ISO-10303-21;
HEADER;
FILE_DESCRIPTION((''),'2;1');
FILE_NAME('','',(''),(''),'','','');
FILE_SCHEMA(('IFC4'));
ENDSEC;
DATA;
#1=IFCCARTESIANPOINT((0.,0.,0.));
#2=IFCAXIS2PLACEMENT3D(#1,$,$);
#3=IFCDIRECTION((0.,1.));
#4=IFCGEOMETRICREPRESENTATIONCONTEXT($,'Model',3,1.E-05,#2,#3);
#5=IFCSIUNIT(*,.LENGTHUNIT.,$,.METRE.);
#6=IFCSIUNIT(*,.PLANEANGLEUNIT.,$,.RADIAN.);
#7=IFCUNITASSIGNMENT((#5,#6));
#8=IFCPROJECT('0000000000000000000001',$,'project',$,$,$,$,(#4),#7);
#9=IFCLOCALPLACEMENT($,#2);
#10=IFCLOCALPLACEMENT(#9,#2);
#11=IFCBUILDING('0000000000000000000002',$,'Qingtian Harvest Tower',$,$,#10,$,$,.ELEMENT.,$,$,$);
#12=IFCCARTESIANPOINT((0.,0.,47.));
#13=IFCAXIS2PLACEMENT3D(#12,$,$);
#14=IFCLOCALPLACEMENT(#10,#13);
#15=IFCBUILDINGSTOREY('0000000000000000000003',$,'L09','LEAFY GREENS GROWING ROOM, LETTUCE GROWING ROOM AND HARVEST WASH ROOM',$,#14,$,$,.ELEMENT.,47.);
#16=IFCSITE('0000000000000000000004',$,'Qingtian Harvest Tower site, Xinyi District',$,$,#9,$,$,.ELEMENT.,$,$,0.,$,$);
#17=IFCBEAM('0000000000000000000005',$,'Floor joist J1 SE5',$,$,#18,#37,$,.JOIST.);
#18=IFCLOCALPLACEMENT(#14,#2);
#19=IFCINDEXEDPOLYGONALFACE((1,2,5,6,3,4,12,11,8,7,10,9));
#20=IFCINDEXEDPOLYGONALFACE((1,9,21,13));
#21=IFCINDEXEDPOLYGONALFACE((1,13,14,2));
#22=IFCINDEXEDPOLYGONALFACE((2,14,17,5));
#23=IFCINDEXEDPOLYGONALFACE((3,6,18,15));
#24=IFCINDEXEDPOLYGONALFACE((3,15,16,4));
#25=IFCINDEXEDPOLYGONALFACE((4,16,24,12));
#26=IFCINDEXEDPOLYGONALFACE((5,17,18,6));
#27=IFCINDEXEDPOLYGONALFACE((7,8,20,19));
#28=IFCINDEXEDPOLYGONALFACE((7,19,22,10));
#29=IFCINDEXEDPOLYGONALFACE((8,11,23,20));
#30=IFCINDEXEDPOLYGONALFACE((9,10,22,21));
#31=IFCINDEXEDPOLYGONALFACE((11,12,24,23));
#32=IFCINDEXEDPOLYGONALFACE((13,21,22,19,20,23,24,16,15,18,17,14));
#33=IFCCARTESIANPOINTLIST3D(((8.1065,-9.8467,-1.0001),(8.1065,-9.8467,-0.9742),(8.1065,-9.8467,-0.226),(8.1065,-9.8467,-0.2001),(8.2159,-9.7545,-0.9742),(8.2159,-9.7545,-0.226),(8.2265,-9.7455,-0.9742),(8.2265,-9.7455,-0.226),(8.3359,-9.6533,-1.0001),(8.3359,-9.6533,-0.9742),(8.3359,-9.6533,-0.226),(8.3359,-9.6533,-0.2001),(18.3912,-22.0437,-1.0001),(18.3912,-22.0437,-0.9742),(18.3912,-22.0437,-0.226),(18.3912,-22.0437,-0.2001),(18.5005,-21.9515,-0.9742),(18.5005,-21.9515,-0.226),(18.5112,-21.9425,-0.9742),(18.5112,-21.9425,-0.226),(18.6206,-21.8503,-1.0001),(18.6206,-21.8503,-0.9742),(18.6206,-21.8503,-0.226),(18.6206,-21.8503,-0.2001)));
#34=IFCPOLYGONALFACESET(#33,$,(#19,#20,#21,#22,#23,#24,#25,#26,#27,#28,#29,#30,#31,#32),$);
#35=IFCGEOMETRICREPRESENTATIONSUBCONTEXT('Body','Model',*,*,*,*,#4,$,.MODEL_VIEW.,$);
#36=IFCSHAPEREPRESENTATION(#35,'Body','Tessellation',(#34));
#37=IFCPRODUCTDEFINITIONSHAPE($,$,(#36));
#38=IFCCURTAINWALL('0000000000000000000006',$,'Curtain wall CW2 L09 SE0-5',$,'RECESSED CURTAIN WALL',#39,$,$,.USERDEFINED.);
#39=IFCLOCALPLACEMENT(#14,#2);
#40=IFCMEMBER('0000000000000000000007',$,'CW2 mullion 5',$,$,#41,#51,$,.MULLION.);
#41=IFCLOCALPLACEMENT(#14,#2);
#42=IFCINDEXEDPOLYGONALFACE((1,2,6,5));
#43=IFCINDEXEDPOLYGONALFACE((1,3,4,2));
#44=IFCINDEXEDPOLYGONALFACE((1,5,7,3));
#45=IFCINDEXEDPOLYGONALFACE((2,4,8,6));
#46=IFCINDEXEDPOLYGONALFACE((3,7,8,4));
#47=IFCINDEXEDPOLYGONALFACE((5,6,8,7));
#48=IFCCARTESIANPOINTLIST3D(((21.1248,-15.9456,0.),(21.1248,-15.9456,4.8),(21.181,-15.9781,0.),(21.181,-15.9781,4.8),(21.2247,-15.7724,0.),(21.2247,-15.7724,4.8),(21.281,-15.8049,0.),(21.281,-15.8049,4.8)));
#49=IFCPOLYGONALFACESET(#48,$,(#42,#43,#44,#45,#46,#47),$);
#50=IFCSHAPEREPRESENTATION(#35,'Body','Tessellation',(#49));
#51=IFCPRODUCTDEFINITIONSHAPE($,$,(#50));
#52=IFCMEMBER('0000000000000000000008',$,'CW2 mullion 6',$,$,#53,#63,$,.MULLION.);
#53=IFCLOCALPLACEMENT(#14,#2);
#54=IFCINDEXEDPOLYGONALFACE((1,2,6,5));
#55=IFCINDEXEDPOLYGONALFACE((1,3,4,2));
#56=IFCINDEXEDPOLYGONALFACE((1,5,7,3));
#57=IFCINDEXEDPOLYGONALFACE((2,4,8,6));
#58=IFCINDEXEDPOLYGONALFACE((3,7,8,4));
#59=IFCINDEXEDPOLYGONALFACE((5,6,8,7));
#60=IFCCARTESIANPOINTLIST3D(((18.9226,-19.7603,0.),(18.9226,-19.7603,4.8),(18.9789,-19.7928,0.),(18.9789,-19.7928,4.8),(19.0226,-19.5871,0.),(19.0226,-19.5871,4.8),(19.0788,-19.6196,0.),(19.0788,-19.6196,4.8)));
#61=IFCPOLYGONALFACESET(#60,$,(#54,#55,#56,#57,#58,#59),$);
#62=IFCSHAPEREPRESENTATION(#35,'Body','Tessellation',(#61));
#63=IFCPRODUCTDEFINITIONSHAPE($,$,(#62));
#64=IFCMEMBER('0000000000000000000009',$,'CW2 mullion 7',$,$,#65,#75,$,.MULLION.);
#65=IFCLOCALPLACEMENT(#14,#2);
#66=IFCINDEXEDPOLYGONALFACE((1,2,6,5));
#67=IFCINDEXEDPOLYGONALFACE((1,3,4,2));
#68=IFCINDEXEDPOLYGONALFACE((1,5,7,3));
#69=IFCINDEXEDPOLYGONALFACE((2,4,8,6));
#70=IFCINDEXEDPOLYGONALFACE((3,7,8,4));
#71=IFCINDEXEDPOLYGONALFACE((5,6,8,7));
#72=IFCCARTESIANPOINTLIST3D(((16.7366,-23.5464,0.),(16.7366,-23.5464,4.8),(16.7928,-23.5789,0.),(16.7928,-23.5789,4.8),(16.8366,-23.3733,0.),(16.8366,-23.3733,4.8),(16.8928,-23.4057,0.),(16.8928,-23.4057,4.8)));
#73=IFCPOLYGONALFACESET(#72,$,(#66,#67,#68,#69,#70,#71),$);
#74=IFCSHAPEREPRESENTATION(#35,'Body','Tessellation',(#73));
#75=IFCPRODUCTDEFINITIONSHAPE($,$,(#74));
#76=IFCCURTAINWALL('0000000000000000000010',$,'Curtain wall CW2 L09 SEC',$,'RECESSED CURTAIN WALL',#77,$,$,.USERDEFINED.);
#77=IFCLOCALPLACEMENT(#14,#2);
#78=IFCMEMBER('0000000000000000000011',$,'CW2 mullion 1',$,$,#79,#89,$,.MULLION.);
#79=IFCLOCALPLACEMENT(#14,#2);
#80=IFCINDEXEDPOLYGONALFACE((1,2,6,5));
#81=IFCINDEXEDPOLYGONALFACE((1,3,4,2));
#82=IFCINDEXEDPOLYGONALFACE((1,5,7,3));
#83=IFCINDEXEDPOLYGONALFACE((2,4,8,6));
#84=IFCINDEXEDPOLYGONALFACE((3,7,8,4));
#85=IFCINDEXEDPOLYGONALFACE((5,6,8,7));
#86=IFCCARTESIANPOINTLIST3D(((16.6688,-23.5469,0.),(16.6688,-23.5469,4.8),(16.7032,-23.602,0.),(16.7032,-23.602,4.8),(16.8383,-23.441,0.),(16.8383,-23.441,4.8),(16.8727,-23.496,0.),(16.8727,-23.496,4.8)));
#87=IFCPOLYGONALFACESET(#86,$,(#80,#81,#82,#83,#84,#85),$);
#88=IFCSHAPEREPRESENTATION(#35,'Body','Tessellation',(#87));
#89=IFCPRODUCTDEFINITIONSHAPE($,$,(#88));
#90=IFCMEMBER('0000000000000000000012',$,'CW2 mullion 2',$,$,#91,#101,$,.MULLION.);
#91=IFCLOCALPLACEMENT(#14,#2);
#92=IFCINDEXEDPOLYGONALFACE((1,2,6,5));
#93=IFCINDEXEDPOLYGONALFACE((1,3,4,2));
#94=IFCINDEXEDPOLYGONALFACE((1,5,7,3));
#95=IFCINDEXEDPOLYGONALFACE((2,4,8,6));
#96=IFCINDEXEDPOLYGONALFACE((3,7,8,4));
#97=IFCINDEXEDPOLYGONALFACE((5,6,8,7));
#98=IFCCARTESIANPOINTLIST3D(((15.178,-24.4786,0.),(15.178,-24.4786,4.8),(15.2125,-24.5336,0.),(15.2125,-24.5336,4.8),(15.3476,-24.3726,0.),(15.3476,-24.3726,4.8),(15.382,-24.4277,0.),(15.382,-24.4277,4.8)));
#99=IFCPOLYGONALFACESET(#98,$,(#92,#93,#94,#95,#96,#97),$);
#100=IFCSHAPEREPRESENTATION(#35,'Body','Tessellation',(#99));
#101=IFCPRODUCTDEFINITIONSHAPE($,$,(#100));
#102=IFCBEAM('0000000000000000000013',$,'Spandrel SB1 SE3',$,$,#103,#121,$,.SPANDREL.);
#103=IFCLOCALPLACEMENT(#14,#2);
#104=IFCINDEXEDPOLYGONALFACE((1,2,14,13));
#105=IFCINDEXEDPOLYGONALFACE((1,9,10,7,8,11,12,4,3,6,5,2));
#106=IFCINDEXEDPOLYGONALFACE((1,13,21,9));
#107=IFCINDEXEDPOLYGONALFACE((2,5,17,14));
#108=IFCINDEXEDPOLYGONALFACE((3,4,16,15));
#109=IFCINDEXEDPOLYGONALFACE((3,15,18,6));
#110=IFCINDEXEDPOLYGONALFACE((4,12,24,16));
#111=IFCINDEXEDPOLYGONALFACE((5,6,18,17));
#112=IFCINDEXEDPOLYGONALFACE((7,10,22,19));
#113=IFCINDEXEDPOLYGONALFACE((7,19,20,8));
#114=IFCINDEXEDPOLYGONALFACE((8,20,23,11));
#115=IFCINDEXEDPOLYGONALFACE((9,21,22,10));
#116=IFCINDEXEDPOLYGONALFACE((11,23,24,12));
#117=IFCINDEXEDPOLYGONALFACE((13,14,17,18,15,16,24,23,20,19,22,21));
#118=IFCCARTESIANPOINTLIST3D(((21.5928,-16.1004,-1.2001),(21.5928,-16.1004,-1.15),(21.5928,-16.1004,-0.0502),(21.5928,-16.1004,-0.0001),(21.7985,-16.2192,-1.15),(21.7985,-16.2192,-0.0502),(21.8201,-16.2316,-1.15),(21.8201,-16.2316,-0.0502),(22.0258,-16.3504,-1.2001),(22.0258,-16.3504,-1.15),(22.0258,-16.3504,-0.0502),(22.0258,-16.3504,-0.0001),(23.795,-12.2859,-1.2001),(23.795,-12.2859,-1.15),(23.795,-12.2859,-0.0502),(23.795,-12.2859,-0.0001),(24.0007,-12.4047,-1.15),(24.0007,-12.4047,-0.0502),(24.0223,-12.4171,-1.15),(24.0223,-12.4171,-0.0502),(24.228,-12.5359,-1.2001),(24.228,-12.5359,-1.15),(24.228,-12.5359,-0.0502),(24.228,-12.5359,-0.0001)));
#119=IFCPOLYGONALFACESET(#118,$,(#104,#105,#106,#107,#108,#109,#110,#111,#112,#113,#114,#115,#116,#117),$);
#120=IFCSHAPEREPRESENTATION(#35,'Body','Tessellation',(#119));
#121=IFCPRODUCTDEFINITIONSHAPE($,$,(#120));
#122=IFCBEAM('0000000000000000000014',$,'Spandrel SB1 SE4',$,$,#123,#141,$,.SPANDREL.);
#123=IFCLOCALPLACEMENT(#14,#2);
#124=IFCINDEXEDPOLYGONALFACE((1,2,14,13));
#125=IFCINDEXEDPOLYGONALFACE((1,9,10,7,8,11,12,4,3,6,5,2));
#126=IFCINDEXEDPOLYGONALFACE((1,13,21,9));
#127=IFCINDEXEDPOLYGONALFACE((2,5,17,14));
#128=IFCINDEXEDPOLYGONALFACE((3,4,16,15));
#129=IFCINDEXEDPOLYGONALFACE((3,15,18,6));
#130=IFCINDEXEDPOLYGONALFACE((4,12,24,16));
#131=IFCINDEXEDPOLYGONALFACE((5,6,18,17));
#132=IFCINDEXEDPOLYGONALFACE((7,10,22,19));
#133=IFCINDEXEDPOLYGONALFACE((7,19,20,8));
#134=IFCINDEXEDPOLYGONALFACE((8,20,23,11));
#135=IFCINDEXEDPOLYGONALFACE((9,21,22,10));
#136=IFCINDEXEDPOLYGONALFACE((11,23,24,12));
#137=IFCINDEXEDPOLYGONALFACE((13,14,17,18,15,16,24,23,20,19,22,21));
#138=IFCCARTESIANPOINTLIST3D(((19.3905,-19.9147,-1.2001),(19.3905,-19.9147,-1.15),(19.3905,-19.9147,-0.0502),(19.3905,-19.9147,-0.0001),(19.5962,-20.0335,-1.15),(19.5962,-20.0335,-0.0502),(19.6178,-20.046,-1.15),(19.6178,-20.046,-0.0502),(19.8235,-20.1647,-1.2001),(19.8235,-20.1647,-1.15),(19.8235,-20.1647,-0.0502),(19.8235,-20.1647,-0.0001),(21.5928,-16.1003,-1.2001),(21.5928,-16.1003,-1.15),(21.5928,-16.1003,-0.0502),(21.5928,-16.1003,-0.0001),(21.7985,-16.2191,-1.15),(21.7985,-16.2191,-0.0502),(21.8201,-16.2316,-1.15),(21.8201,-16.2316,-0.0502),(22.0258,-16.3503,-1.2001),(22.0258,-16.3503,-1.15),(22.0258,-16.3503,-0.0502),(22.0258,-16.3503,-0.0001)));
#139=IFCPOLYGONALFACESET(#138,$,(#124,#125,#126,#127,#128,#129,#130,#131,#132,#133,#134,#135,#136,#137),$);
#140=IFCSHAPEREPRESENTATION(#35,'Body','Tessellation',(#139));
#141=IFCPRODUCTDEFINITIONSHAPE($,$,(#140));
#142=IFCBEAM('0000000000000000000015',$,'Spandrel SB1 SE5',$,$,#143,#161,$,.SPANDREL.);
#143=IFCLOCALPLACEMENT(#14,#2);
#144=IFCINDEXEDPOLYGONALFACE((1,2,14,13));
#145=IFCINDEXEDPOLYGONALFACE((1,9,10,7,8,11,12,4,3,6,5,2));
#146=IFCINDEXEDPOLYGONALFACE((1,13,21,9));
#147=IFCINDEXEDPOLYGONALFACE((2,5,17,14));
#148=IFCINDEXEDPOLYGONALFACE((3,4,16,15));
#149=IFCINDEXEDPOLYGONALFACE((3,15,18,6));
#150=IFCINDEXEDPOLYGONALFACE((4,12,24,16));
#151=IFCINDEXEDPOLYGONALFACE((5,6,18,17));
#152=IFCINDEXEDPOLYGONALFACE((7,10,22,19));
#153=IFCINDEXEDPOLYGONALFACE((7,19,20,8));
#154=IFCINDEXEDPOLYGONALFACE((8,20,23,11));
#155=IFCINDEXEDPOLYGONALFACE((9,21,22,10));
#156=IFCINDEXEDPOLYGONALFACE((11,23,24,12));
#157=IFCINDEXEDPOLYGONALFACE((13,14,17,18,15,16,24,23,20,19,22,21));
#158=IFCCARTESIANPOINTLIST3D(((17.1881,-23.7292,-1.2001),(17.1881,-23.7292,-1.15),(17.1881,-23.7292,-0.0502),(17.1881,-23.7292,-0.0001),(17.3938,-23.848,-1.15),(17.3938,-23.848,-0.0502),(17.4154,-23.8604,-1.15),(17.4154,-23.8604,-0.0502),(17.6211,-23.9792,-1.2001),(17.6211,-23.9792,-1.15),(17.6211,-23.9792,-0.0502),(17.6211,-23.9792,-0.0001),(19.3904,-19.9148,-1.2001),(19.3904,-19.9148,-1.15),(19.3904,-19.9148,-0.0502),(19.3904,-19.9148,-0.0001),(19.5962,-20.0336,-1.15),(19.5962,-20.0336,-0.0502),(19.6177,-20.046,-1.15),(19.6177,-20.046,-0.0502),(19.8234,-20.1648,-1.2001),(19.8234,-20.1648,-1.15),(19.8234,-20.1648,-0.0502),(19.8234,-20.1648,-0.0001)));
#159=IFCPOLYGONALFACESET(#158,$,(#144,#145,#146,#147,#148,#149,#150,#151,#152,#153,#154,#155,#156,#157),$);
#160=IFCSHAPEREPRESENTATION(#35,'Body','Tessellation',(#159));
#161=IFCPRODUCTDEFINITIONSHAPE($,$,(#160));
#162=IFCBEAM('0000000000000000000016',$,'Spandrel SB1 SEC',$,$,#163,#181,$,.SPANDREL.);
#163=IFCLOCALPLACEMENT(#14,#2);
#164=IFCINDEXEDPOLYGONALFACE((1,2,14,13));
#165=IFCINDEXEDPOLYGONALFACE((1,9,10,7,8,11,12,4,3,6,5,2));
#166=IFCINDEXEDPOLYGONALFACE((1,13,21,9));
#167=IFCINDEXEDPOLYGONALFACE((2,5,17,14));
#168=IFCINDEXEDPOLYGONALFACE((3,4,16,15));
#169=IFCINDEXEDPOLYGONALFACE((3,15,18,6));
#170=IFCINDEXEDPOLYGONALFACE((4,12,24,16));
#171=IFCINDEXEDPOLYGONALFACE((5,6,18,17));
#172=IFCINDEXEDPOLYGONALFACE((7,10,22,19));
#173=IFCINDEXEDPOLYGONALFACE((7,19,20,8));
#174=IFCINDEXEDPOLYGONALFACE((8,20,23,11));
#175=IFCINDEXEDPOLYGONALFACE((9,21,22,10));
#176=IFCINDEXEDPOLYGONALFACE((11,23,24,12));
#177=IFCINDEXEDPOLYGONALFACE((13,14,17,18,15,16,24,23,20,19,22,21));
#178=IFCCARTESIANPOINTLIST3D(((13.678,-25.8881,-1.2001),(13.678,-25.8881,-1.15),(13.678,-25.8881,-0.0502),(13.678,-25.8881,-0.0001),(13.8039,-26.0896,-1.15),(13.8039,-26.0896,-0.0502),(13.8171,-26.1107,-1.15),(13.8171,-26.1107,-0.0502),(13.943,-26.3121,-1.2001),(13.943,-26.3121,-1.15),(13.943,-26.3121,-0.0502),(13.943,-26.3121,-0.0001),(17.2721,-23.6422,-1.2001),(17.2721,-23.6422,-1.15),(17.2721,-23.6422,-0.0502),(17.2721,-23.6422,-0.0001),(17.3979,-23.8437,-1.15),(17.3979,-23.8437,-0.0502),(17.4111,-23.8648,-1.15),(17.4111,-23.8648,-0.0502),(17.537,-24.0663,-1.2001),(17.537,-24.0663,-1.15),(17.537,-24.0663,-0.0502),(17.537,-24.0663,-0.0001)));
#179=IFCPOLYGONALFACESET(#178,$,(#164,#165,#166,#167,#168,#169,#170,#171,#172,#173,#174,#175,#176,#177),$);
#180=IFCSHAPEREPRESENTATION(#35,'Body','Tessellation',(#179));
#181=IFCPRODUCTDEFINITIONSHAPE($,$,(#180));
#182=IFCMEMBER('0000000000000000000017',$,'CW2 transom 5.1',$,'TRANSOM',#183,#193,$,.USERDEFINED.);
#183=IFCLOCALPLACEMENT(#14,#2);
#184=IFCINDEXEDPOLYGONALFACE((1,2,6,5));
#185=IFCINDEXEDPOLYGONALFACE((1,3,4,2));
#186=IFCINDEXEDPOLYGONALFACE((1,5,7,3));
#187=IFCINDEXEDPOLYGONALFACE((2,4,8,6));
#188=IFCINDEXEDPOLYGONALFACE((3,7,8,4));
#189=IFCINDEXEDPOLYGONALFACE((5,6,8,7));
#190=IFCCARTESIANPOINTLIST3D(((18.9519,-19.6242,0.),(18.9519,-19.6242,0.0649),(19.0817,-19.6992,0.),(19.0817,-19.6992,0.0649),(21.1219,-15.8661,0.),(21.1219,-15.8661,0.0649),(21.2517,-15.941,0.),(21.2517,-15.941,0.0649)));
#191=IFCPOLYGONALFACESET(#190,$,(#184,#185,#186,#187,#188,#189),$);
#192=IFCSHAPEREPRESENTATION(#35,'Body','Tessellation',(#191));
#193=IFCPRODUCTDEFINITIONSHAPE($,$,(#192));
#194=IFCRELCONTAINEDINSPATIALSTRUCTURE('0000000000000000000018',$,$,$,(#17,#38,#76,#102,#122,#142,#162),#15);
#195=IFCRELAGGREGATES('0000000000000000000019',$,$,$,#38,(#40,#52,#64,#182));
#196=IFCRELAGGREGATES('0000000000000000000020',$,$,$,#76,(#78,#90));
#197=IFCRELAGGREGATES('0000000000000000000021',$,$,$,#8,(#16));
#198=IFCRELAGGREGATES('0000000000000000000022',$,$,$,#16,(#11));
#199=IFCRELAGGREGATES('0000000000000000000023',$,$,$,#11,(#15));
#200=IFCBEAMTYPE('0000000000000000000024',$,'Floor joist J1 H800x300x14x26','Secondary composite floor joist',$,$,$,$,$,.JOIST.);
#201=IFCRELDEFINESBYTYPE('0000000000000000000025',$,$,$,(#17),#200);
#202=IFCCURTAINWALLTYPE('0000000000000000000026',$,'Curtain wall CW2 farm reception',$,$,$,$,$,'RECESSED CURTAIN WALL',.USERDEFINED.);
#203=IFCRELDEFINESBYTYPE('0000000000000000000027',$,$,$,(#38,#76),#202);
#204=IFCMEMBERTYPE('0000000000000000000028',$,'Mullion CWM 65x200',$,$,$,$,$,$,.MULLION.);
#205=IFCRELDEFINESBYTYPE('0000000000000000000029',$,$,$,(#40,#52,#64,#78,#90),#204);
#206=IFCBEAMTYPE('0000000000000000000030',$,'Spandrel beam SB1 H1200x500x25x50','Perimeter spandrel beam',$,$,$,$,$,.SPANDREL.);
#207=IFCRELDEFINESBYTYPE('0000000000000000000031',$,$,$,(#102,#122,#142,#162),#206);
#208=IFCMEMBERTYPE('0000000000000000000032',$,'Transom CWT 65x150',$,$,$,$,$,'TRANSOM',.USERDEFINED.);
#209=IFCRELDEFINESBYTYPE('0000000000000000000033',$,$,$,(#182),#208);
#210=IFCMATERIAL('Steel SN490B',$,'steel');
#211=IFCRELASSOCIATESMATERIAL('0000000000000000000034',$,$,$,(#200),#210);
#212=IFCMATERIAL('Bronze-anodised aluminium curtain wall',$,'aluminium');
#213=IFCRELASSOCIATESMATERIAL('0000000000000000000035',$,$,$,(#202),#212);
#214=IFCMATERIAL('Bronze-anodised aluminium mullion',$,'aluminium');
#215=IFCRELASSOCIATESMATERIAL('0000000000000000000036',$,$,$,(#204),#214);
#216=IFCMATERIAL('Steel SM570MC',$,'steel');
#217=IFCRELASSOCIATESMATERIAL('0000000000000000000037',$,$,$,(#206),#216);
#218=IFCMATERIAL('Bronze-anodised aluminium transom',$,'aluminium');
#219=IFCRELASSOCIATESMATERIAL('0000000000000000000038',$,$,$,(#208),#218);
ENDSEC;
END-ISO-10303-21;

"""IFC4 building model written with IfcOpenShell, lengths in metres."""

from ifc_helpers import new_model, si_unit, direction, frame, origin, origin_2d, place, context, subcontext, project, spatial, rectangle, i_section, extrude, material, material_profile, profile_set, type_object, element, aggregate, save


model = new_model("IFC4")

# Units and contexts
model_context = context("Model", 3, precision=1e-05, world=origin(), true_north=direction((0.0, 1.0)))
body_context = subcontext(model_context, "Body", "Model", "MODEL_VIEW")
ifc_project = project(units=[si_unit("LENGTHUNIT", "METRE"), si_unit("PLANEANGLEUNIT", "RADIAN")], contexts=[model_context])

# Site, building, storey
site_placement = place(None, origin())
site = spatial("IfcSite", under=ifc_project, at=site_placement, Name="Qingtian Harvest Tower site, Xinyi District", CompositionType="ELEMENT", RefElevation=0.0)
building_placement = place(site_placement, origin())
building = spatial("IfcBuilding", under=site, at=building_placement, Name="Qingtian Harvest Tower", CompositionType="ELEMENT")
storey_placement = place(building_placement, frame((0.0, 0.0, 47.0)))
storey = spatial("IfcBuildingStorey", under=building, at=storey_placement, Name="L09", Description="LEAFY GREENS GROWING ROOM, LETTUCE GROWING ROOM AND HARVEST WASH ROOM", CompositionType="ELEMENT", Elevation=47.0)

# Beam
ifc_material_1 = material(Name="Steel SN490B", Category="steel")
ifc_material_profile_1 = material_profile(ifc_material_1, i_section(OverallWidth=0.3, OverallDepth=0.8, WebThickness=0.0139, FlangeThickness=0.0259, at=origin_2d()), Name="H800x300x14x26")
ifc_profile_set_1 = profile_set([ifc_material_profile_1], Name="Steel SN490B")
beam_type_1 = type_object("IfcBeamType", Name="Floor joist J1 H800x300x14x26", Description="Secondary composite floor joist", PredefinedType="JOIST", material=ifc_profile_set_1)
beam_1_placement = place(storey_placement, frame((18.5059, -21.947, -0.6001), z_axis=(-0.64463, 0.764494, 0.0), x_axis=(-0.764494, -0.64463, 0.0)))
element("IfcBeam", 1, at=beam_1_placement, inside=storey, type_object=beam_type_1, Name="Floor joist J1 SE5", PredefinedType="JOIST", context=body_context, shape_type="SweptSolid", body=[
    extrude(i_section(OverallWidth=0.3, OverallDepth=0.8, WebThickness=0.0139, FlangeThickness=0.0259, at=origin_2d()), origin(), (0.0, 0.0, 1.0), 15.9543),
])

# Curtain walls, members
ifc_material_2 = material(Name="Bronze-anodised aluminium curtain wall", Category="aluminium")
curtain_wall_type = type_object("IfcCurtainWallType", Name="Curtain wall CW2 farm reception", ElementType="RECESSED CURTAIN WALL", PredefinedType="USERDEFINED", material=ifc_material_2)
curtain_wall_1_placement = place(storey_placement, origin())
curtain_wall_1 = element("IfcCurtainWall", 2, at=curtain_wall_1_placement, inside=storey, type_object=curtain_wall_type, Name="Curtain wall CW2 L09 SE0-5", ObjectType="RECESSED CURTAIN WALL", PredefinedType="USERDEFINED")
ifc_material_3 = material(Name="Bronze-anodised aluminium mullion", Category="aluminium")
ifc_material_profile_2 = material_profile(ifc_material_3, rectangle(XDim=0.0649, YDim=0.2, at=origin_2d()), Name="AL 65x200")
ifc_profile_set_2 = profile_set([ifc_material_profile_2], Name="Bronze-anodised aluminium mullion")
member_type_1 = type_object("IfcMemberType", Name="Mullion CWM 65x200", PredefinedType="MULLION", material=ifc_profile_set_2)
member_1_placement = place(storey_placement, frame((21.2029, -15.8752, 0.0), z_axis=(0.0, 0.0, 1.0), x_axis=(0.866025, -0.5, 0.0)))
member_1 = element("IfcMember", 3, at=member_1_placement, type_object=member_type_1, Name="CW2 mullion 5", PredefinedType="MULLION", context=body_context, shape_type="SweptSolid", body=[
    extrude(rectangle(XDim=0.0649, YDim=0.2, at=origin_2d()), origin(), (0.0, 0.0, 1.0), 4.8),
])
member_2_placement = place(storey_placement, frame((19.0007, -19.6899, 0.0), z_axis=(0.0, 0.0, 1.0), x_axis=(0.866025, -0.5, 0.0)))
member_2 = element("IfcMember", 4, at=member_2_placement, type_object=member_type_1, Name="CW2 mullion 6", PredefinedType="MULLION", context=body_context, shape_type="SweptSolid", body=[
    extrude(rectangle(XDim=0.0649, YDim=0.2, at=origin_2d()), origin(), (0.0, 0.0, 1.0), 4.8),
])
member_3_placement = place(storey_placement, frame((16.8147, -23.4761, 0.0), z_axis=(0.0, 0.0, 1.0), x_axis=(0.866025, -0.5, 0.0)))
member_3 = element("IfcMember", 5, at=member_3_placement, type_object=member_type_1, Name="CW2 mullion 7", PredefinedType="MULLION", context=body_context, shape_type="SweptSolid", body=[
    extrude(rectangle(XDim=0.0649, YDim=0.2, at=origin_2d()), origin(), (0.0, 0.0, 1.0), 4.8),
])
curtain_wall_2_placement = place(storey_placement, origin())
curtain_wall_2 = element("IfcCurtainWall", 6, at=curtain_wall_2_placement, inside=storey, type_object=curtain_wall_type, Name="Curtain wall CW2 L09 SEC", ObjectType="RECESSED CURTAIN WALL", PredefinedType="USERDEFINED")
member_4_placement = place(storey_placement, frame((16.7708, -23.5215, 0.0), z_axis=(0.0, 0.0, 1.0), x_axis=(0.529919, -0.848048, 0.0)))
member_4 = element("IfcMember", 7, at=member_4_placement, type_object=member_type_1, Name="CW2 mullion 1", PredefinedType="MULLION", context=body_context, shape_type="SweptSolid", body=[
    extrude(rectangle(XDim=0.0649, YDim=0.2, at=origin_2d()), origin(), (0.0, 0.0, 1.0), 4.8),
])
member_5_placement = place(storey_placement, frame((15.28, -24.4531, 0.0), z_axis=(0.0, 0.0, 1.0), x_axis=(0.529919, -0.848048, 0.0)))
member_5 = element("IfcMember", 8, at=member_5_placement, type_object=member_type_1, Name="CW2 mullion 2", PredefinedType="MULLION", context=body_context, shape_type="SweptSolid", body=[
    extrude(rectangle(XDim=0.0649, YDim=0.2, at=origin_2d()), origin(), (0.0, 0.0, 1.0), 4.8),
])

# Beams
ifc_material_4 = material(Name="Steel SM570MC", Category="steel")
ifc_material_profile_3 = material_profile(ifc_material_4, i_section(OverallWidth=0.5, OverallDepth=1.2, WebThickness=0.0249, FlangeThickness=0.05, at=origin_2d()), Name="H1200x500x25x50")
ifc_profile_set_3 = profile_set([ifc_material_profile_3], Name="Steel SM570MC")
beam_type_2 = type_object("IfcBeamType", Name="Spandrel beam SB1 H1200x500x25x50", Description="Perimeter spandrel beam", PredefinedType="SPANDREL", material=ifc_profile_set_3)
for number, where, z_axis, x_axis, name in (
    (9, (24.0115, -12.4109, -0.6001), (-0.499978, -0.866038, 0.0), (0.866038, -0.499978, 0.0), "Spandrel SB1 SE3"),
    (10, (21.8093, -16.2253, -0.6001), (-0.50002, -0.866014, 0.0), (0.866014, -0.50002, 0.0), "Spandrel SB1 SE4"),
    (11, (19.6069, -20.0398, -0.6001), (-0.50002, -0.866014, 0.0), (0.866014, -0.50002, 0.0), "Spandrel SB1 SE5"),
):
    element("IfcBeam", number, at=place(storey_placement, frame(where, z_axis=z_axis, x_axis=x_axis)), inside=storey, type_object=beam_type_2, Name=name, PredefinedType="SPANDREL", context=body_context, shape_type="SweptSolid", body=[
        extrude(i_section(OverallWidth=0.5, OverallDepth=1.2, WebThickness=0.0249, FlangeThickness=0.05, at=origin_2d()), origin(), (0.0, 0.0, 1.0), 4.4045),
    ])
beam_2_placement = place(storey_placement, frame((17.4045, -23.8542, -0.6001), z_axis=(-0.84804, -0.529932, 0.0), x_axis=(0.529932, -0.84804, 0.0)))
element("IfcBeam", 12, at=beam_2_placement, inside=storey, type_object=beam_type_2, Name="Spandrel SB1 SEC", PredefinedType="SPANDREL", context=body_context, shape_type="SweptSolid", body=[
    extrude(i_section(OverallWidth=0.5, OverallDepth=1.2, WebThickness=0.0249, FlangeThickness=0.05, at=origin_2d()), origin(), (0.0, 0.0, 1.0), 4.238),
])

# Member
ifc_material_5 = material(Name="Bronze-anodised aluminium transom", Category="aluminium")
ifc_material_profile_4 = material_profile(ifc_material_5, rectangle(XDim=0.1499, YDim=0.0649, at=origin_2d()), Name="AL 65x150")
ifc_profile_set_4 = profile_set([ifc_material_profile_4], Name="Bronze-anodised aluminium transom")
member_type_2 = type_object("IfcMemberType", Name="Transom CWT 65x150", ElementType="TRANSOM", PredefinedType="USERDEFINED", material=ifc_profile_set_4)
member_6_placement = place(storey_placement, frame((21.1868, -15.9036, 0.0325), z_axis=(-0.500036, -0.866005, 0.0), x_axis=(0.866005, -0.500036, 0.0)))
member_6 = element("IfcMember", 13, at=member_6_placement, type_object=member_type_2, Name="CW2 transom 5.1", ObjectType="TRANSOM", PredefinedType="USERDEFINED", context=body_context, shape_type="SweptSolid", body=[
    extrude(rectangle(XDim=0.1499, YDim=0.0649, at=origin_2d()), origin(), (0.0, 0.0, 1.0), 4.3396),
])

aggregate(curtain_wall_1, [member_1, member_2, member_3, member_6])
aggregate(curtain_wall_2, [member_4, member_5])

save(model, "model.ifc")
